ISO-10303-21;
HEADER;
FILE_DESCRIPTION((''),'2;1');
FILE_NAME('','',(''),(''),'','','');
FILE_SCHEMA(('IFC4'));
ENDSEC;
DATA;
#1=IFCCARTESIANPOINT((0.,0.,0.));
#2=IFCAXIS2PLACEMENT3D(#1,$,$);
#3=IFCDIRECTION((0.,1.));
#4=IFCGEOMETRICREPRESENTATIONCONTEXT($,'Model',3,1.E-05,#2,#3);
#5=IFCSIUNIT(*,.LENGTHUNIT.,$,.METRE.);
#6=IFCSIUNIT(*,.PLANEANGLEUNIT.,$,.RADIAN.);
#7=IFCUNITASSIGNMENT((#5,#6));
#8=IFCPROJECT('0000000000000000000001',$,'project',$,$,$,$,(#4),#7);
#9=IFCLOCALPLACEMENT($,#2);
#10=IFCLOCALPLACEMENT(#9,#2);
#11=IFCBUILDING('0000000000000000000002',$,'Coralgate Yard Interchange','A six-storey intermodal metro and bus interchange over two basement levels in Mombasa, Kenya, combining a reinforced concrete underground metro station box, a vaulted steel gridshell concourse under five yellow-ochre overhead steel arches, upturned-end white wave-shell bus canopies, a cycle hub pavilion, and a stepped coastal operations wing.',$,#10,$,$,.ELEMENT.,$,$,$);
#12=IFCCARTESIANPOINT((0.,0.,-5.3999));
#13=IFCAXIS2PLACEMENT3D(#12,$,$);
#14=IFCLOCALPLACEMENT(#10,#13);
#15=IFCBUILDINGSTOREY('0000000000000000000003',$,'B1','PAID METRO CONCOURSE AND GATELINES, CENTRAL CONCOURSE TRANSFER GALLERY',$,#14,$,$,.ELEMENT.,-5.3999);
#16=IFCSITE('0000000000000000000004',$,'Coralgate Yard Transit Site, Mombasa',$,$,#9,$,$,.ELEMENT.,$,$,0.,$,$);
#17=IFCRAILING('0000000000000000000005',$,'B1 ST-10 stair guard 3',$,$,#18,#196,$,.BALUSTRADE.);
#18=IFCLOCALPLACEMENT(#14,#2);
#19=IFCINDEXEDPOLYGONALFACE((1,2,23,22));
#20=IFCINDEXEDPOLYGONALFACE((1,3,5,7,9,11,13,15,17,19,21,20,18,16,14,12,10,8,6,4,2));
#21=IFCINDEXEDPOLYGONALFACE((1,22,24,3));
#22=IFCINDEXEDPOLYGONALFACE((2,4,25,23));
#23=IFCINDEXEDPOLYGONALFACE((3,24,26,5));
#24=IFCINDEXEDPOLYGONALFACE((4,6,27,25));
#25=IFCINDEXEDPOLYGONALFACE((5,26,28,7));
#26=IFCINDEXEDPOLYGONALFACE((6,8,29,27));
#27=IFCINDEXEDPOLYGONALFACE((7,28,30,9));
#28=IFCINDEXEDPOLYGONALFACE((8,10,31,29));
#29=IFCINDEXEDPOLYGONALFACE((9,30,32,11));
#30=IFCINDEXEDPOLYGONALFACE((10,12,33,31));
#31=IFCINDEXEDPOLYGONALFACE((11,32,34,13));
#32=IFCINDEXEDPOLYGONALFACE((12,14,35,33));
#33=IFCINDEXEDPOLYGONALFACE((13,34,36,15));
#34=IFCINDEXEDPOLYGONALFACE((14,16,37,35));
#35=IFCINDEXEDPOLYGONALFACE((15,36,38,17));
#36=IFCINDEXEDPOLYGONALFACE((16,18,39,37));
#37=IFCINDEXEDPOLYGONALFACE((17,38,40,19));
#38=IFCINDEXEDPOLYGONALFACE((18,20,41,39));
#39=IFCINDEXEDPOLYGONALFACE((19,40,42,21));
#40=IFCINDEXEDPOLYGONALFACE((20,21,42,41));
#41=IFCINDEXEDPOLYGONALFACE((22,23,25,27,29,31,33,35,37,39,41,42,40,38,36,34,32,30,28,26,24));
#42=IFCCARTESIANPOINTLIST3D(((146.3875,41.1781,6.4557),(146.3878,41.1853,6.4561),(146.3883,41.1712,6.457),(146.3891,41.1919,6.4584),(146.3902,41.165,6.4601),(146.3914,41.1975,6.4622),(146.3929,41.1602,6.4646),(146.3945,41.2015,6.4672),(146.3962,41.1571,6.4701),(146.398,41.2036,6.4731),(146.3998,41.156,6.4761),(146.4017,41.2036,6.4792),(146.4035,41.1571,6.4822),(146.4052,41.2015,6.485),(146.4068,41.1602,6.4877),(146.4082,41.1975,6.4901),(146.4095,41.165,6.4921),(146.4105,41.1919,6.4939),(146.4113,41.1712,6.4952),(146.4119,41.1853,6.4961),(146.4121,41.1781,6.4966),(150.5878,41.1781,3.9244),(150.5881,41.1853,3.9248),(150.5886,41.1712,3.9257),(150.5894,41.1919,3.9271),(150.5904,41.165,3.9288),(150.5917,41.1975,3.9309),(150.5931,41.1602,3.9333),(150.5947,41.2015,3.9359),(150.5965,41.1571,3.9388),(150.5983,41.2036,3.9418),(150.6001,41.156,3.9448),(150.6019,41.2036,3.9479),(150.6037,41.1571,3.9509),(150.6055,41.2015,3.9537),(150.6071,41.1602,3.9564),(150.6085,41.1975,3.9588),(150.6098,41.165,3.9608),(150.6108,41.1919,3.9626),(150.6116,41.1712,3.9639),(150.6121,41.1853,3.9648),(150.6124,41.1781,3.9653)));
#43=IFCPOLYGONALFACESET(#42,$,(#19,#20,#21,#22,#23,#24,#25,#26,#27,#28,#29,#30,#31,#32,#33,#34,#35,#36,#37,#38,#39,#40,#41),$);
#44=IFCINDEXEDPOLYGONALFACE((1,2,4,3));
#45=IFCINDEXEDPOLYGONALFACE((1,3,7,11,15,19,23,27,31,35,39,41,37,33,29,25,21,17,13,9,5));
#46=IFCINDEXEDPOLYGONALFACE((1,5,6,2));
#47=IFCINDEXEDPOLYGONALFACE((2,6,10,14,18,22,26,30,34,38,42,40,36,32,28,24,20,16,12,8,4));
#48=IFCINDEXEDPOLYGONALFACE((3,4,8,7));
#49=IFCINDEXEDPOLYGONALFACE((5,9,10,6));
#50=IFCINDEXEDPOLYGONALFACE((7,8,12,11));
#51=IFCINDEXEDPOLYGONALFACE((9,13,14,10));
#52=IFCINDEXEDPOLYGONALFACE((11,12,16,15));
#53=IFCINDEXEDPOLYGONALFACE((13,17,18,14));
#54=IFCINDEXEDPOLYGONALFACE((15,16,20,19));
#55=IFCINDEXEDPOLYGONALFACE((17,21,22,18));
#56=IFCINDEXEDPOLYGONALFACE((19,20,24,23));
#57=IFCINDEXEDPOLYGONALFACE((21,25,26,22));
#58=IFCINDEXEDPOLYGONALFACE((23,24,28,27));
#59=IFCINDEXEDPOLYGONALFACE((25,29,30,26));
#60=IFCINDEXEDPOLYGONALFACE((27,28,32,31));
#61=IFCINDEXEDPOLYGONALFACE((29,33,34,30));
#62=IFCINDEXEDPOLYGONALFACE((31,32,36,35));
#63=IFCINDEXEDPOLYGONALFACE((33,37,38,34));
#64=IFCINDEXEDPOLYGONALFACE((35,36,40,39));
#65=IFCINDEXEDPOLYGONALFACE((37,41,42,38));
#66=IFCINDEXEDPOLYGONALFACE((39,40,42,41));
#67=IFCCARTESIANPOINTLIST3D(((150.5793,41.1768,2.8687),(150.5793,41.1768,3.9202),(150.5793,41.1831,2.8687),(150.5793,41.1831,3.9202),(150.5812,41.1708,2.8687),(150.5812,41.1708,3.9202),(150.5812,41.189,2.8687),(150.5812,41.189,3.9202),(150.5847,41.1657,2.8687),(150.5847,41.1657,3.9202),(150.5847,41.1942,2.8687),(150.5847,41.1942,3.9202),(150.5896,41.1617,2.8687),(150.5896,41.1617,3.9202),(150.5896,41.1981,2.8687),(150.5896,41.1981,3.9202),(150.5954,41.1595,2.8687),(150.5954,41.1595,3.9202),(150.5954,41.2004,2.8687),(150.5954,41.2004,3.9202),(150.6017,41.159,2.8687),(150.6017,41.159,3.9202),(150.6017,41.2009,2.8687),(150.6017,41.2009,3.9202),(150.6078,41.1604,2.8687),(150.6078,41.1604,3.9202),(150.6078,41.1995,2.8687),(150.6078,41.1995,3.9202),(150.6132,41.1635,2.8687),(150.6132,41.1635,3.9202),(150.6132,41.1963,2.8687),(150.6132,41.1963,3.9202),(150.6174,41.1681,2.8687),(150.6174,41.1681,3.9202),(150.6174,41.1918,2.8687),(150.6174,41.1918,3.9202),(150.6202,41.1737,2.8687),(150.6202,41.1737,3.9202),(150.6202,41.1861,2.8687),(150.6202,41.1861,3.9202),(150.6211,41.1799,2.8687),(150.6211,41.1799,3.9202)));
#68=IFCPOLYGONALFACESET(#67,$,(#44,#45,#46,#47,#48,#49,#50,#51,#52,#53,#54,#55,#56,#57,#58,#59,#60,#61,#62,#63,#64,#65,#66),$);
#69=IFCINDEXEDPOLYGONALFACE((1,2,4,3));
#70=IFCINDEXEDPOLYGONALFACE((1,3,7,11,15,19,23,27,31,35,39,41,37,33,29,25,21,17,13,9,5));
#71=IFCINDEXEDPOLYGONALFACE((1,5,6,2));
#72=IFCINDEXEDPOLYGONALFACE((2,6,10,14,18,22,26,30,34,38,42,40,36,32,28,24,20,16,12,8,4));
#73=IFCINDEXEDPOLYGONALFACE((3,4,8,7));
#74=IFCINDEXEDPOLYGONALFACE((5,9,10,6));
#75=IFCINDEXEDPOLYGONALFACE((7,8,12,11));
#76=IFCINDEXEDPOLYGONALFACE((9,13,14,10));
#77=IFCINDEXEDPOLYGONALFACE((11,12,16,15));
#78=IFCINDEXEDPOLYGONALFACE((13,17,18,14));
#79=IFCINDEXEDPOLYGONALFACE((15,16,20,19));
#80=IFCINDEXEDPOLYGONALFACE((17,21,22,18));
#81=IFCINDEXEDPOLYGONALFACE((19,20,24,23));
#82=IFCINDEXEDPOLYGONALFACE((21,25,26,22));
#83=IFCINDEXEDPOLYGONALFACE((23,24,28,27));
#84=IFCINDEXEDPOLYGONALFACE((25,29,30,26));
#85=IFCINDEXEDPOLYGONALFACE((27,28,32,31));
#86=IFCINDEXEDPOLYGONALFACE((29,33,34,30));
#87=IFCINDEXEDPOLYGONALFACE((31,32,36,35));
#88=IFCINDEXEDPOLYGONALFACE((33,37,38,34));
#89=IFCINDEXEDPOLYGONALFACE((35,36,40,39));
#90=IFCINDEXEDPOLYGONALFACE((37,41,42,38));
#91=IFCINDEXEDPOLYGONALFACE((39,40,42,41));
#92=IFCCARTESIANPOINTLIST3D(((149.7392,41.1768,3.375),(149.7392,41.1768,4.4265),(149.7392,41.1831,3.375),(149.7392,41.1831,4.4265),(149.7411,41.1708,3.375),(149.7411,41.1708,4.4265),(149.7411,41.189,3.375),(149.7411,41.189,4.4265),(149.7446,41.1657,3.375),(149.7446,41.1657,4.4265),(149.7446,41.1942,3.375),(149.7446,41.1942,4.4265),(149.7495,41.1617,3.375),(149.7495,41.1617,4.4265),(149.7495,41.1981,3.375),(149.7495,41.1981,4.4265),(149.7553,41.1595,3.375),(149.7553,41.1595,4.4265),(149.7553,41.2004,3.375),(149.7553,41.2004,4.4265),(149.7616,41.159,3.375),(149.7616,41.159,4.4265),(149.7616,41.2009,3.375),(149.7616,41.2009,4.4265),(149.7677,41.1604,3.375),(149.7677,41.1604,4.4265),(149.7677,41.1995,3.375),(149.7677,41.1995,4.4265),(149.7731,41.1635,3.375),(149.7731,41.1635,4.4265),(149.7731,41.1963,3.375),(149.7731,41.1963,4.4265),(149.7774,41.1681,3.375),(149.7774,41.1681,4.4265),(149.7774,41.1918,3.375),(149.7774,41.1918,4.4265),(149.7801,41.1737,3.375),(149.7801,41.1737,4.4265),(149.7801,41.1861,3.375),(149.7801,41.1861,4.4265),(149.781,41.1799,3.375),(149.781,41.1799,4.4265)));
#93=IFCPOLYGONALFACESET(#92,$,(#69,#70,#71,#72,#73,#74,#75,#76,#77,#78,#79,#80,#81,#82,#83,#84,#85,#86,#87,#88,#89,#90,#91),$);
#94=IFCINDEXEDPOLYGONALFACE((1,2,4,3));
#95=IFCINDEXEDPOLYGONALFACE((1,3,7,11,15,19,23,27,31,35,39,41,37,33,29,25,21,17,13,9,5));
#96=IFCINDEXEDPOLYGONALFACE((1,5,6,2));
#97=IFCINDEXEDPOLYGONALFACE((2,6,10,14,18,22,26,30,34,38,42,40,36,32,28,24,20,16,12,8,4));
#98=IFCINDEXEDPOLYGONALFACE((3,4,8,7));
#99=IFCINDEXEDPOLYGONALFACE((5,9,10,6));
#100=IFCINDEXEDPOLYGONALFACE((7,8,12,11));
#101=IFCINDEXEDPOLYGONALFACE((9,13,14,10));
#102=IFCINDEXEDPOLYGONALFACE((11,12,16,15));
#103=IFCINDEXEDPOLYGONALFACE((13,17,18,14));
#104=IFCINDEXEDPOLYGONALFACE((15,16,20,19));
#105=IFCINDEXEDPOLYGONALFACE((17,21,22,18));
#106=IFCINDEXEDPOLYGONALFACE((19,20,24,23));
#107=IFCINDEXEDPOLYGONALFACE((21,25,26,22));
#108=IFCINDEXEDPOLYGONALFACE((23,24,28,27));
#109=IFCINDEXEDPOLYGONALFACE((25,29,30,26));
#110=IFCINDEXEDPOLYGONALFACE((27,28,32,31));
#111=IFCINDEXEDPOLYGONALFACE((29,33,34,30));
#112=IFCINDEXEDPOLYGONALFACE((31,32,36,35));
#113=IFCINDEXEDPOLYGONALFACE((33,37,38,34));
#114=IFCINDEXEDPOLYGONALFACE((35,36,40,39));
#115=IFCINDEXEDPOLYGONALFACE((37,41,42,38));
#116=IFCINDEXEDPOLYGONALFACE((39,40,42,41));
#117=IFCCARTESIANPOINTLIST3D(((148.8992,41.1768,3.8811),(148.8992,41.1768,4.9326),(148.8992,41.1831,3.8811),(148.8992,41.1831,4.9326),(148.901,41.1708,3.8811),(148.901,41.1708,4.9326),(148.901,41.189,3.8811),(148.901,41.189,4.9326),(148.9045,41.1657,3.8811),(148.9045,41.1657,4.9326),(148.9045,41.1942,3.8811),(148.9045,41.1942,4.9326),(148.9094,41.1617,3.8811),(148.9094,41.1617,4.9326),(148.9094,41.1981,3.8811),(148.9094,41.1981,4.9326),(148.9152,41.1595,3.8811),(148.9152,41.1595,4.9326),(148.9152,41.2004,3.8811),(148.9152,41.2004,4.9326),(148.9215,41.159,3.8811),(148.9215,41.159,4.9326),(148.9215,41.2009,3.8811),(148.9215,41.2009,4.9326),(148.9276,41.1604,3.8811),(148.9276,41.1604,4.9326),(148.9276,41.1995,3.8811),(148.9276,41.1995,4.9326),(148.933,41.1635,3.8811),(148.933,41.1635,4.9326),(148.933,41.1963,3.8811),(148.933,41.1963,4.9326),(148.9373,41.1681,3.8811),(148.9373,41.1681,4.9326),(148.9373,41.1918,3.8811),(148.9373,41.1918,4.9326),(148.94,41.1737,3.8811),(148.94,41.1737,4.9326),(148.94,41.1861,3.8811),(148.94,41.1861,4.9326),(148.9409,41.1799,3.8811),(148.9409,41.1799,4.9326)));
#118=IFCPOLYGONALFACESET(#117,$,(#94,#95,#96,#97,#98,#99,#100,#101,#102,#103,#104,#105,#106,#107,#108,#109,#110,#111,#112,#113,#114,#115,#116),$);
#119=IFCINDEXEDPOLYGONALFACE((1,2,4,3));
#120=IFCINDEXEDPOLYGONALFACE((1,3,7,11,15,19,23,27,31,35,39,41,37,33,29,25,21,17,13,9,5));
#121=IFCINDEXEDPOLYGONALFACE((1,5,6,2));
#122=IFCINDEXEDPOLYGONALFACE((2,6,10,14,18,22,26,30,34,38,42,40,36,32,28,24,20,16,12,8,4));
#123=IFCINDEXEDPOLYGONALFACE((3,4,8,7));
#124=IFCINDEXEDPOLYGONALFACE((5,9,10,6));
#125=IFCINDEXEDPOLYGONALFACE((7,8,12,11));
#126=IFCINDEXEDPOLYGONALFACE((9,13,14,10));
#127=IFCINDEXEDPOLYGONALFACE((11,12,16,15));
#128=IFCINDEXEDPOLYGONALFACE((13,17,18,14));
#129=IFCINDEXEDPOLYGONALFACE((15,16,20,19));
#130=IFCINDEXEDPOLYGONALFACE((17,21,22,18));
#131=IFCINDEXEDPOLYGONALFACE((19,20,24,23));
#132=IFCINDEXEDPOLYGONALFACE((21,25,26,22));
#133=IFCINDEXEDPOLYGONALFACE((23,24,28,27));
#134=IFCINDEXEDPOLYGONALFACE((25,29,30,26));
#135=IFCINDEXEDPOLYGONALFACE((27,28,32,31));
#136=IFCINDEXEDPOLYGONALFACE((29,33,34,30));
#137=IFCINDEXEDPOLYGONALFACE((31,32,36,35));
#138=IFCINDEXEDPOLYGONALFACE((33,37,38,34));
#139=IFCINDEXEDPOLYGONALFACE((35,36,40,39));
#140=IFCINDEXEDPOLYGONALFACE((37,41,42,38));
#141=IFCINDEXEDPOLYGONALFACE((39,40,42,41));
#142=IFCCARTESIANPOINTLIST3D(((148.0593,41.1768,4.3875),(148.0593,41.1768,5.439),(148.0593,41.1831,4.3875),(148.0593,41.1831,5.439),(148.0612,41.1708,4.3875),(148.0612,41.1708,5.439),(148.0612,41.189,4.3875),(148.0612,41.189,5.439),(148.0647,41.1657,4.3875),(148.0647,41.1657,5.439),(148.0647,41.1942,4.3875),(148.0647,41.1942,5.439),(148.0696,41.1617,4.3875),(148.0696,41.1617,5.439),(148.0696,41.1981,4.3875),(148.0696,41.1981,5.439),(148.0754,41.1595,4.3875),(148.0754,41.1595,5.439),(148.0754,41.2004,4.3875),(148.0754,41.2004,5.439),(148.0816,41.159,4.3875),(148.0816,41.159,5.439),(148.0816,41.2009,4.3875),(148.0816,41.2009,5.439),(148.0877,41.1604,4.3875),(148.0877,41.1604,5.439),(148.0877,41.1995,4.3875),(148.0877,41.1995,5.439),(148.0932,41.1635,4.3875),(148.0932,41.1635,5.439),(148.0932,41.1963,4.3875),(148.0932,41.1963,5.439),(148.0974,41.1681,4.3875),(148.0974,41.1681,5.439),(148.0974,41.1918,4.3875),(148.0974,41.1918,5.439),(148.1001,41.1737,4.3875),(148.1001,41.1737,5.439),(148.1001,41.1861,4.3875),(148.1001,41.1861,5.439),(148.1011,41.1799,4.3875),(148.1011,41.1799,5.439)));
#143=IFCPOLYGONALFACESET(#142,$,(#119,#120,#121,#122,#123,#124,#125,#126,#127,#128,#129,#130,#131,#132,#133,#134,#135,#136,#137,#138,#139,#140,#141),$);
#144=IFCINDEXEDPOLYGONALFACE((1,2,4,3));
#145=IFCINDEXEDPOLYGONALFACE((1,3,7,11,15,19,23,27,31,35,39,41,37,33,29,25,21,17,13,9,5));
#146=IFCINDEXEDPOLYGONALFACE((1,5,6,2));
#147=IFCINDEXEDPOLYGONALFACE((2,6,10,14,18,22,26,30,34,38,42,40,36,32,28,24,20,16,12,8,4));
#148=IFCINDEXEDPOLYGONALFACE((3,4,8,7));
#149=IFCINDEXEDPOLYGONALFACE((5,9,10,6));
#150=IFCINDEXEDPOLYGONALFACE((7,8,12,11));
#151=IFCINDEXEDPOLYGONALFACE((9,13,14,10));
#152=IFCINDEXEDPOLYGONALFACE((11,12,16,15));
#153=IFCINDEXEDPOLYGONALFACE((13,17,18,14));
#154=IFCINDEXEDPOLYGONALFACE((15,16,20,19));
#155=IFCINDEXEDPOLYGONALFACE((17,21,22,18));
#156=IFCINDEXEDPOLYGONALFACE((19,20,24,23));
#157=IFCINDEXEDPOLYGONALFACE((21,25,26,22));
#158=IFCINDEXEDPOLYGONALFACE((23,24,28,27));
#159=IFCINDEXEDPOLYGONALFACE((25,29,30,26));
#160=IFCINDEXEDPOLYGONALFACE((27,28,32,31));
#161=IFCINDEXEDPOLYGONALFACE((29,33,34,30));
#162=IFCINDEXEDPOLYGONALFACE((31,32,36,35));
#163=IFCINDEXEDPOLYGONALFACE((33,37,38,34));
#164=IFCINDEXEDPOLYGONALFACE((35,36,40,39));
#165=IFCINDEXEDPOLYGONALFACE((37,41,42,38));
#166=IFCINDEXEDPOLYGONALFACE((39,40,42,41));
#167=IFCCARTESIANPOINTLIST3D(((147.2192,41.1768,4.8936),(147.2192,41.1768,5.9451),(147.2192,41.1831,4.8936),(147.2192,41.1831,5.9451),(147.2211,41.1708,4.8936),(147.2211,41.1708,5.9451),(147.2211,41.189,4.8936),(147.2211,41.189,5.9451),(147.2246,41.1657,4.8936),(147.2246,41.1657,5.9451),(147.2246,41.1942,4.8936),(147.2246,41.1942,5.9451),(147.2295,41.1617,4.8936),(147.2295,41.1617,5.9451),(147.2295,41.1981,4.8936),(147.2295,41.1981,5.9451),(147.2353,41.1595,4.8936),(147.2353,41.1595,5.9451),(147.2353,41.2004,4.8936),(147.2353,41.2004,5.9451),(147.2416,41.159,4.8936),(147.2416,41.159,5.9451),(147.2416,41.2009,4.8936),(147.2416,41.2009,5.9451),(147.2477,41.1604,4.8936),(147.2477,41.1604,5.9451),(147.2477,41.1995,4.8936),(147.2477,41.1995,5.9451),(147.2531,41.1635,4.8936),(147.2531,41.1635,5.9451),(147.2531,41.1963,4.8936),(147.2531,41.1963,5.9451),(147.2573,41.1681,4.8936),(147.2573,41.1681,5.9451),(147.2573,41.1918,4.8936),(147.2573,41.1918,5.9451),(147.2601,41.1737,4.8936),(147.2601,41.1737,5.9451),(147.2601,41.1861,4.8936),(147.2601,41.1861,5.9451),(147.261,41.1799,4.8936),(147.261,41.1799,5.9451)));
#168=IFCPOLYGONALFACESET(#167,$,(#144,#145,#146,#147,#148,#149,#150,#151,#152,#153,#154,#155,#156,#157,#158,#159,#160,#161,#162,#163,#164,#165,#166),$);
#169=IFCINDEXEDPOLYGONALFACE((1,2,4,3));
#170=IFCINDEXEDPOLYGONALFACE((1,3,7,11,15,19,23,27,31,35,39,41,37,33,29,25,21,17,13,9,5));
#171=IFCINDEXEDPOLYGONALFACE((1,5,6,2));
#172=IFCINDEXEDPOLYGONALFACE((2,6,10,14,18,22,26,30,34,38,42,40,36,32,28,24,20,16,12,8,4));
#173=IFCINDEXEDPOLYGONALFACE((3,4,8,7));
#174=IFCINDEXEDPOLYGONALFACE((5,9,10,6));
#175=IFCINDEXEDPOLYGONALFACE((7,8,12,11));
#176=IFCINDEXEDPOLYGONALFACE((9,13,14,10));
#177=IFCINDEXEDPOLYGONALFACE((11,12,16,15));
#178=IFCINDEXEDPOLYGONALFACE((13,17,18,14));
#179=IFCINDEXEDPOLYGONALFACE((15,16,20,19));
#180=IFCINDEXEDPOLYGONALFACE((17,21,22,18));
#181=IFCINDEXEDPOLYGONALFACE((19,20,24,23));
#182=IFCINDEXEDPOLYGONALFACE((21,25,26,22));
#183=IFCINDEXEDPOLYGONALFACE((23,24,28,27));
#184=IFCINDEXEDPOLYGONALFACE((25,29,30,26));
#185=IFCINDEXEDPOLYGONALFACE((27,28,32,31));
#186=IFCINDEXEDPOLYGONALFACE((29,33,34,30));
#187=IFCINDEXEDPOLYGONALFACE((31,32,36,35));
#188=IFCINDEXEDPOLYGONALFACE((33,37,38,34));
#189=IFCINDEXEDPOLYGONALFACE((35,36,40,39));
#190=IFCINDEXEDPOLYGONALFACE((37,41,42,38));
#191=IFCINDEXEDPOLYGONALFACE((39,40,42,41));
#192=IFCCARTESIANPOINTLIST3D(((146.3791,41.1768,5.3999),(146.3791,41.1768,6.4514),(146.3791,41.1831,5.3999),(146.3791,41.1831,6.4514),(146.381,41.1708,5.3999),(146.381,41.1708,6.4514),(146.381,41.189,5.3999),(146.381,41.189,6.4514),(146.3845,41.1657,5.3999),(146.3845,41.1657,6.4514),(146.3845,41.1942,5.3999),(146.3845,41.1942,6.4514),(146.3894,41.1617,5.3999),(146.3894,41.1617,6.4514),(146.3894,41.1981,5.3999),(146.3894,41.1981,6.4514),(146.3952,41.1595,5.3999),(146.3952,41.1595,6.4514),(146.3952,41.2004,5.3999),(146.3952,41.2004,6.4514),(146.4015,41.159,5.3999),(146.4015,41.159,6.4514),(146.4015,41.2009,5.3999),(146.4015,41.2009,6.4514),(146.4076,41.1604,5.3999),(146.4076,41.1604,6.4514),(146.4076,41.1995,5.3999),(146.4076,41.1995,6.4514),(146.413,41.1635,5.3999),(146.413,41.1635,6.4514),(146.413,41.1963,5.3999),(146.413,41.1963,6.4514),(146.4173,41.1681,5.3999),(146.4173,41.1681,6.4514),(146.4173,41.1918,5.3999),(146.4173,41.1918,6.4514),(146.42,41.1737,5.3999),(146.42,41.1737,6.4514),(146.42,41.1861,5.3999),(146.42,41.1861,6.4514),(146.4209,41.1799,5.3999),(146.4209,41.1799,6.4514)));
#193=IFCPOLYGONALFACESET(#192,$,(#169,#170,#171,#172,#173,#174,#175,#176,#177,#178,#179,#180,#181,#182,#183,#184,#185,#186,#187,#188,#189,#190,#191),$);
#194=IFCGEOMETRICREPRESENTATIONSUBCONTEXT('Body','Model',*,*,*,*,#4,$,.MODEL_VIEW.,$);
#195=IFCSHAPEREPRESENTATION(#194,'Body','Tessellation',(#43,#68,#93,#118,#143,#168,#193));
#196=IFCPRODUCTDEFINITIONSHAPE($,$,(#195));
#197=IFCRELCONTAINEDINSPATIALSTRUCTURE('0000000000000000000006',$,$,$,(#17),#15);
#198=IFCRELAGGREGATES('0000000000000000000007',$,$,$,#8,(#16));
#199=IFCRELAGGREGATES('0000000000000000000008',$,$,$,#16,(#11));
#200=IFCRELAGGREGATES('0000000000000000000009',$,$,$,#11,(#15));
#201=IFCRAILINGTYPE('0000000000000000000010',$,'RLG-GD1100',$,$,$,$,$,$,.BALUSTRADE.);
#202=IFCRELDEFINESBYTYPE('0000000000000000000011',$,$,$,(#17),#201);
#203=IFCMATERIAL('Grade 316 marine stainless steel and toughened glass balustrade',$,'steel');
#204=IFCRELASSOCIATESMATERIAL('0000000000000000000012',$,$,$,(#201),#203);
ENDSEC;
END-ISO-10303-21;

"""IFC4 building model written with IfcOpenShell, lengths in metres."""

from ifc_helpers import new_model, si_unit, direction, frame, origin, origin_2d, place, context, subcontext, project, spatial, circle, extrude, material, type_object, element, save


model = new_model("IFC4")

# Units and contexts
model_context = context("Model", 3, precision=1e-05, world=origin(), true_north=direction((0.0, 1.0)))
body_context = subcontext(model_context, "Body", "Model", "MODEL_VIEW")
ifc_project = project(units=[si_unit("LENGTHUNIT", "METRE"), si_unit("PLANEANGLEUNIT", "RADIAN")], contexts=[model_context])

# Site, building, storey
site_placement = place(None, origin())
site = spatial("IfcSite", under=ifc_project, at=site_placement, Name="Coralgate Yard Transit Site, Mombasa", CompositionType="ELEMENT", RefElevation=0.0)
building_placement = place(site_placement, origin())
building = spatial("IfcBuilding", under=site, at=building_placement, Name="Coralgate Yard Interchange", Description="A six-storey intermodal metro and bus interchange over two basement levels in Mombasa, Kenya, combining a reinforced concrete underground metro station box, a vaulted steel gridshell concourse under five yellow-ochre overhead steel arches, upturned-end white wave-shell bus canopies, a cycle hub pavilion, and a stepped coastal operations wing.", CompositionType="ELEMENT")
storey_placement = place(building_placement, frame((0.0, 0.0, -5.3999)))
storey = spatial("IfcBuildingStorey", under=building, at=storey_placement, Name="B1", Description="PAID METRO CONCOURSE AND GATELINES, CENTRAL CONCOURSE TRANSFER GALLERY", CompositionType="ELEMENT", Elevation=-5.3999)

# Railing
ifc_material_1 = material(Name="Grade 316 marine stainless steel and toughened glass balustrade", Category="steel")
railing_type_1 = type_object("IfcRailingType", Name="RLG-GD1100", PredefinedType="BALUSTRADE", material=ifc_material_1)
railing_1_placement = place(storey_placement, frame((150.6001, 41.1799, 2.8687)))
element("IfcRailing", 1, at=railing_1_placement, inside=storey, type_object=railing_type_1, Name="B1 ST-10 stair guard 3", PredefinedType="BALUSTRADE", context=body_context, shape_type="SweptSolid", body=[
    extrude(circle(Radius=0.0239, at=origin_2d()), frame((0.0, 0.0, 1.0762), z_axis=(-0.85649, 0.0, 0.516164), x_axis=(0.0, -1.0, 0.0)), (0.0, 0.0, 1.0), 4.9041),
    extrude(circle(Radius=0.021, at=origin_2d()), origin(), (0.0, 0.0, 1.0), 1.0515),
    extrude(circle(Radius=0.021, at=origin_2d()), frame((-0.8401, 0.0, 0.5063)), (0.0, 0.0, 1.0), 1.0515),
    extrude(circle(Radius=0.021, at=origin_2d()), frame((-1.6802, 0.0, 1.0125)), (0.0, 0.0, 1.0), 1.0515),
    extrude(circle(Radius=0.021, at=origin_2d()), frame((-2.52, 0.0, 1.5188)), (0.0, 0.0, 1.0), 1.0515),
    extrude(circle(Radius=0.021, at=origin_2d()), frame((-3.3601, 0.0, 2.0249)), (0.0, 0.0, 1.0), 1.0515),
    extrude(circle(Radius=0.021, at=origin_2d()), frame((-4.2002, 0.0, 2.5312)), (0.0, 0.0, 1.0), 1.0515),
])

save(model, "model.ifc")
